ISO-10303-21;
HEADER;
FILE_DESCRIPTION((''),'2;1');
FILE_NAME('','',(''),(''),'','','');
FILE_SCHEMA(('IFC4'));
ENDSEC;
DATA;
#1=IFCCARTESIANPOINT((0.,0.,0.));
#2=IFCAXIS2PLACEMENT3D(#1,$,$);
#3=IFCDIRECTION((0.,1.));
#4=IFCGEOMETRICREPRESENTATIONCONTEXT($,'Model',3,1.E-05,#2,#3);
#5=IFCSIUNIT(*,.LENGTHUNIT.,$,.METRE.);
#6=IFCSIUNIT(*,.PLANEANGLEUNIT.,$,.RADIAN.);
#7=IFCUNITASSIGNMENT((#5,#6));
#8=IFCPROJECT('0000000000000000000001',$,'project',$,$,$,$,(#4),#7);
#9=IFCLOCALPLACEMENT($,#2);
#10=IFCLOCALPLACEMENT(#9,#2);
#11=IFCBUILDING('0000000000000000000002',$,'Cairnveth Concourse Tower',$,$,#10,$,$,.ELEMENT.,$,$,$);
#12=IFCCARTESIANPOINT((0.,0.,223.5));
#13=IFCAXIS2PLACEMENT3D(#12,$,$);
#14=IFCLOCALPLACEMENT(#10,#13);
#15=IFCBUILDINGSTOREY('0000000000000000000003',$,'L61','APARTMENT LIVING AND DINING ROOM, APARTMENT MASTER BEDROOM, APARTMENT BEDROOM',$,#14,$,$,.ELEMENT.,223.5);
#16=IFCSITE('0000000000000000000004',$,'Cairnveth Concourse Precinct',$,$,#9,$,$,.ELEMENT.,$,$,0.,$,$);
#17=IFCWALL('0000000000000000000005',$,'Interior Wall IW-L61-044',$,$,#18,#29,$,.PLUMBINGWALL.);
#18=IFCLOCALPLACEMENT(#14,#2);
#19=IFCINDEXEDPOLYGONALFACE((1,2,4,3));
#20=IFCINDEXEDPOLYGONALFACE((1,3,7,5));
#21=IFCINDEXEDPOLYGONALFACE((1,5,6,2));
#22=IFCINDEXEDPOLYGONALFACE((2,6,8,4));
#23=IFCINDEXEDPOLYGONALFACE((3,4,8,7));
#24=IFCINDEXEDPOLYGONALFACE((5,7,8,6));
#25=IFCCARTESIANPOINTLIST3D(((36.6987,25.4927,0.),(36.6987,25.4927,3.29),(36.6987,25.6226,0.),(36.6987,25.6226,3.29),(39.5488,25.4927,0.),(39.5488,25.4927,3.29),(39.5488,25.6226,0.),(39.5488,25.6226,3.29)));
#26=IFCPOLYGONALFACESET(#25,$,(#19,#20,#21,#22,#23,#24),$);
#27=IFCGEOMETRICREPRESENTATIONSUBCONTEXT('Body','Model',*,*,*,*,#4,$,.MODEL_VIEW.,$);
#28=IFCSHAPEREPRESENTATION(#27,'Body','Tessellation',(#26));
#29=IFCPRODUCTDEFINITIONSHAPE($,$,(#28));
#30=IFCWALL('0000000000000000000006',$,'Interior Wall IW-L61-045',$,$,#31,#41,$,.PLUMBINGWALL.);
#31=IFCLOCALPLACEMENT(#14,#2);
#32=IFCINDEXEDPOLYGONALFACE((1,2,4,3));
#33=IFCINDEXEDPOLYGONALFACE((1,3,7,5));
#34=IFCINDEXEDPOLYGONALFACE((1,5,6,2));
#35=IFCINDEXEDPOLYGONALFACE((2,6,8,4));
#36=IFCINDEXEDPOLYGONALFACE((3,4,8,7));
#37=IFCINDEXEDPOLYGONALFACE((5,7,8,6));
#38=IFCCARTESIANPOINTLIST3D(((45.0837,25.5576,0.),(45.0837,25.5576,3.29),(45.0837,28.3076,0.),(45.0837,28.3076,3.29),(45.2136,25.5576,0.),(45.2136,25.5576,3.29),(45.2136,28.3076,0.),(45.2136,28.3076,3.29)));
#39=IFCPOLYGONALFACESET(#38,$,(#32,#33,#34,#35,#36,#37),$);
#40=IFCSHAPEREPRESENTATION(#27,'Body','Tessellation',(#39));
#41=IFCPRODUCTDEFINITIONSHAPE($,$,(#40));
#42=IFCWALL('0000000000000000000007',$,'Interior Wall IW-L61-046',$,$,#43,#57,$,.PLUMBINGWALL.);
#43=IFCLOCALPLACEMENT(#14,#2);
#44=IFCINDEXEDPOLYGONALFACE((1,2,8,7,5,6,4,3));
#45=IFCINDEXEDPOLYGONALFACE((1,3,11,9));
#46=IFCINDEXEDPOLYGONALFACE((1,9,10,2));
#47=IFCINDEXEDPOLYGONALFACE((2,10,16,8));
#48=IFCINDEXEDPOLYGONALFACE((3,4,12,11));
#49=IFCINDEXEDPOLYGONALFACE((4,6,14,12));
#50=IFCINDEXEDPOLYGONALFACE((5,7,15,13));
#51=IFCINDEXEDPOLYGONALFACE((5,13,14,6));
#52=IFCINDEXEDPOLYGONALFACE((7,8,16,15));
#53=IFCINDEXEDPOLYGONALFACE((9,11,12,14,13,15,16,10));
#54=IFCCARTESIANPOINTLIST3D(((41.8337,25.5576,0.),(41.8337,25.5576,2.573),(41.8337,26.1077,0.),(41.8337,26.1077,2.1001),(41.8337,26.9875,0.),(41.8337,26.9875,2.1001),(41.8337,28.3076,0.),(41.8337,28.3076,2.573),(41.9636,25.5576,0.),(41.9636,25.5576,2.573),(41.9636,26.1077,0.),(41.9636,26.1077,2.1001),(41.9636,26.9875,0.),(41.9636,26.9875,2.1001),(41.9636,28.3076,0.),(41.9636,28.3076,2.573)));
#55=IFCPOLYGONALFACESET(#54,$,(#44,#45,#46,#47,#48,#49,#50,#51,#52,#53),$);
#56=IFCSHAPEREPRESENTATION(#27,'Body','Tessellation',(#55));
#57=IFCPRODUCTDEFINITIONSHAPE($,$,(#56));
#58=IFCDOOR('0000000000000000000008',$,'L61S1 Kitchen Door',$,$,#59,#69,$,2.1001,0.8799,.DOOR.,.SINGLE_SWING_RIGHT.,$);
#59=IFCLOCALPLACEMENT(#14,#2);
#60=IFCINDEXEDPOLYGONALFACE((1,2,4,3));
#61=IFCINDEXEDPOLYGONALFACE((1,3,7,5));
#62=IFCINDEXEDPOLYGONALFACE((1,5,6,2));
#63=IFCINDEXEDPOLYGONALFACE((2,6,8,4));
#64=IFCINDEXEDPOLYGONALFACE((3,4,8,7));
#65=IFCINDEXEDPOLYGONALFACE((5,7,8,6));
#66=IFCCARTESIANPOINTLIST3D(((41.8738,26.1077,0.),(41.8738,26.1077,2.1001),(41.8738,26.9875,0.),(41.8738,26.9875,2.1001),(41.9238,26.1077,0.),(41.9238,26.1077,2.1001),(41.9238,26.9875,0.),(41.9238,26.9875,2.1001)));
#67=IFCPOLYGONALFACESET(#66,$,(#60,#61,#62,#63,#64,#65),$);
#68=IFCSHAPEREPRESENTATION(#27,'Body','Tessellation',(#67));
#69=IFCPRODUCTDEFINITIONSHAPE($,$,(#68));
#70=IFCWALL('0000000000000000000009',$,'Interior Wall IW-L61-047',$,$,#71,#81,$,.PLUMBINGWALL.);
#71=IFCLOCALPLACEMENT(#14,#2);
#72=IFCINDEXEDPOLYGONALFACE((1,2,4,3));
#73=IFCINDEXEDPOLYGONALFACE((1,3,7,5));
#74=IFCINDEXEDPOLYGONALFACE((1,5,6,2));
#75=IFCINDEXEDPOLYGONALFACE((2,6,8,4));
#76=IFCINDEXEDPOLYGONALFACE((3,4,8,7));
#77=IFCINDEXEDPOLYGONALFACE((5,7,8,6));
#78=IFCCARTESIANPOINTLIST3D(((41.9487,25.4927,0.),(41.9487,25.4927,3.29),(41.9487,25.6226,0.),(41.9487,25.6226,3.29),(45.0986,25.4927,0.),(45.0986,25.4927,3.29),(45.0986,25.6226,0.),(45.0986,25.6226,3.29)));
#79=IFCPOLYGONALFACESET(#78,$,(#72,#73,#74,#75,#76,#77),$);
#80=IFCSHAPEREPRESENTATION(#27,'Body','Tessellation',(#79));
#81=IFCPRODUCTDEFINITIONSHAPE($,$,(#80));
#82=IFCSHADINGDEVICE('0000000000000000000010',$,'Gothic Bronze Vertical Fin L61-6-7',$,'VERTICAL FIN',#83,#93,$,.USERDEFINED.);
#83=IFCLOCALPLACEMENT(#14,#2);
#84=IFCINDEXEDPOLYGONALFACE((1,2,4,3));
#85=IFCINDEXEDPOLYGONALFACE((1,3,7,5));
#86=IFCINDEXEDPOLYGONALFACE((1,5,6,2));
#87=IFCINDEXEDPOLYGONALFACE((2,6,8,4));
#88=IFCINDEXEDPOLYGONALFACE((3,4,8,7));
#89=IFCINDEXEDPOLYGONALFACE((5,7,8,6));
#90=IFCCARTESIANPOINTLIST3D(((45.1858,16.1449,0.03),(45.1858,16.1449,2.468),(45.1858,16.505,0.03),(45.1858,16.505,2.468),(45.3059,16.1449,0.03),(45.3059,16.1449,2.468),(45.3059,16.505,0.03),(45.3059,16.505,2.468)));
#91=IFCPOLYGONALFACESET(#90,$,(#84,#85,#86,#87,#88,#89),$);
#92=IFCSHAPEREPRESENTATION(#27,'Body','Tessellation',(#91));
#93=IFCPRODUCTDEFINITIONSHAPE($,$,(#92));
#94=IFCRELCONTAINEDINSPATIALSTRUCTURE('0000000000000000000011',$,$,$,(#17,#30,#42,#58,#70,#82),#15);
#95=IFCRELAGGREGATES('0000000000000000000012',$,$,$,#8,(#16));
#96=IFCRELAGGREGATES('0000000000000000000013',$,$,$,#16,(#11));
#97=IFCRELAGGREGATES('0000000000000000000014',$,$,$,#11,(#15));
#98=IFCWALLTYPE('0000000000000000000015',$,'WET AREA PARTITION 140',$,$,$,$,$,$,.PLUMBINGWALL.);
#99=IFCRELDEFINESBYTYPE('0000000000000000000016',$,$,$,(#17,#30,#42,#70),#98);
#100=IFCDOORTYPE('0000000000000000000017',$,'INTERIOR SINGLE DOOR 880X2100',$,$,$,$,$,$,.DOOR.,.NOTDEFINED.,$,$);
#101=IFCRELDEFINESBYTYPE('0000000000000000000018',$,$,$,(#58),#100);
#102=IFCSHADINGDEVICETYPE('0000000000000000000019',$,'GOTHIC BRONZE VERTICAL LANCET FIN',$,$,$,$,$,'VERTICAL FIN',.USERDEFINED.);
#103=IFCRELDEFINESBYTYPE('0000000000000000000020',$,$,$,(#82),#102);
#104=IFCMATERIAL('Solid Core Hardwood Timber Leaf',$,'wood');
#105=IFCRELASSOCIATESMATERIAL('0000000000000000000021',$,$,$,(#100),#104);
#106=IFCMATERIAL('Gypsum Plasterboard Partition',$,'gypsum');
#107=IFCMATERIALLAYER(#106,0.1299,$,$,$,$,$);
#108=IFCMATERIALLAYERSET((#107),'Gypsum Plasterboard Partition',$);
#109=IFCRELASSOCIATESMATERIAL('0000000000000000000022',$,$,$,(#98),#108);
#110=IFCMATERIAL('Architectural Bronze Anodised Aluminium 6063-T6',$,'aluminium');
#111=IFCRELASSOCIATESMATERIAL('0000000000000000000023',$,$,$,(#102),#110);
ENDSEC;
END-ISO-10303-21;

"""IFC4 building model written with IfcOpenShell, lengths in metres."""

from ifc_helpers import new_model, si_unit, direction, frame, frame_2d, origin, origin_2d, place, context, subcontext, project, spatial, rectangle, extrude, material, layer, layer_set, type_object, element, fill, save


model = new_model("IFC4")

# Units and contexts
model_context = context("Model", 3, precision=1e-05, world=origin(), true_north=direction((0.0, 1.0)))
body_context = subcontext(model_context, "Body", "Model", "MODEL_VIEW")
ifc_project = project(units=[si_unit("LENGTHUNIT", "METRE"), si_unit("PLANEANGLEUNIT", "RADIAN")], contexts=[model_context])

# Site, building, storey
site_placement = place(None, origin())
site = spatial("IfcSite", under=ifc_project, at=site_placement, Name="Cairnveth Concourse Precinct", CompositionType="ELEMENT", RefElevation=0.0)
building_placement = place(site_placement, origin())
building = spatial("IfcBuilding", under=site, at=building_placement, Name="Cairnveth Concourse Tower", CompositionType="ELEMENT")
storey_placement = place(building_placement, frame((0.0, 0.0, 223.5)))
storey = spatial("IfcBuildingStorey", under=building, at=storey_placement, Name="L61", Description="APARTMENT LIVING AND DINING ROOM, APARTMENT MASTER BEDROOM, APARTMENT BEDROOM", CompositionType="ELEMENT", Elevation=223.5)

# Shared definitions
ifc_material_1 = material(Name="Gypsum Plasterboard Partition", Category="gypsum")
ifc_material_2 = material(Name="Solid Core Hardwood Timber Leaf", Category="wood")

# Shared definitions
door_type_1 = type_object("IfcDoorType", Name="INTERIOR SINGLE DOOR 880X2100", OperationType="NOTDEFINED", PredefinedType="DOOR", material=ifc_material_2)
ifc_layer_1 = layer(ifc_material_1, 0.1299)
ifc_layer_set_1 = layer_set([ifc_layer_1], Name="Gypsum Plasterboard Partition")
wall_type_1 = type_object("IfcWallType", Name="WET AREA PARTITION 140", PredefinedType="PLUMBINGWALL", material=ifc_layer_set_1)

# Walls
wall_1_placement = place(storey_placement, frame((36.6987, 25.5576, 0.0), z_axis=(0.0, 0.0, 1.0), x_axis=(1.0, 0.0, 0.0)))
element("IfcWall", 1, at=wall_1_placement, inside=storey, type_object=wall_type_1, Name="Interior Wall IW-L61-044", PredefinedType="PLUMBINGWALL", context=body_context, shape_type="SweptSolid", body=[
    extrude(rectangle(XDim=2.8501, YDim=0.1299, at=frame_2d((1.425, 0.0))), origin(), (0.0, 0.0, 1.0), 3.29),
])
wall_2_placement = place(storey_placement, frame((45.1487, 25.5576, 0.0), z_axis=(0.0, 0.0, 1.0), x_axis=(0.0, 1.0, 0.0)))
element("IfcWall", 2, at=wall_2_placement, inside=storey, type_object=wall_type_1, Name="Interior Wall IW-L61-045", PredefinedType="PLUMBINGWALL", context=body_context, shape_type="SweptSolid", body=[
    extrude(rectangle(XDim=2.75, YDim=0.1299, at=frame_2d((1.375, 0.0))), origin(), (0.0, 0.0, 1.0), 3.29),
])

# Wall, opening, door
wall_3_placement = place(storey_placement, frame((41.8987, 25.5576, 0.0), z_axis=(0.0, 0.0, 1.0), x_axis=(0.0, 1.0, 0.0)))
wall_3 = element("IfcWall", 3, at=wall_3_placement, inside=storey, type_object=wall_type_1, Name="Interior Wall IW-L61-046", PredefinedType="PLUMBINGWALL", context=body_context, shape_type="SweptSolid", body=[
    extrude(rectangle(XDim=2.75, YDim=0.1299, at=frame_2d((1.375, 0.0))), origin(), (0.0, 0.0, 1.0), 2.573),
])
opening_1_placement = place(wall_3_placement, frame((0.55, 0.0, 0.0)))
opening_1 = element("IfcOpeningElement", 4, at=opening_1_placement, cuts=wall_3, PredefinedType="OPENING", context=body_context, shape_type="SweptSolid", body=[
    extrude(rectangle(XDim=0.8799, YDim=2.1001, at=frame_2d((0.4399, 1.05))), frame((0.0, 0.075, 0.0), z_axis=(0.0, -1.0, 0.0), x_axis=(1.0, 0.0, 0.0)), (0.0, 0.0, 1.0), 0.1499),
])
door_1_placement = place(opening_1_placement, origin())
door_1 = element("IfcDoor", 5, at=door_1_placement, inside=storey, type_object=door_type_1, Name="L61S1 Kitchen Door", OperationType="SINGLE_SWING_RIGHT", OverallHeight=2.1001, OverallWidth=0.8799, PredefinedType="DOOR", context=body_context, shape_type="SweptSolid", body=[
    extrude(rectangle(XDim=0.8799, YDim=2.1001, at=frame_2d((0.4399, 1.05))), frame((0.0, 0.0249, 0.0), z_axis=(0.0, -1.0, 0.0), x_axis=(1.0, 0.0, 0.0)), (0.0, 0.0, 1.0), 0.05),
])
fill(opening_1, door_1)

# Wall
wall_4_placement = place(storey_placement, frame((41.9487, 25.5576, 0.0), z_axis=(0.0, 0.0, 1.0), x_axis=(1.0, 0.0, 0.0)))
element("IfcWall", 6, at=wall_4_placement, inside=storey, type_object=wall_type_1, Name="Interior Wall IW-L61-047", PredefinedType="PLUMBINGWALL", context=body_context, shape_type="SweptSolid", body=[
    extrude(rectangle(XDim=3.1499, YDim=0.1299, at=frame_2d((1.575, 0.0))), origin(), (0.0, 0.0, 1.0), 3.29),
])

# Shading device
ifc_material_3 = material(Name="Architectural Bronze Anodised Aluminium 6063-T6", Category="aluminium")
shading_device_type = type_object("IfcShadingDeviceType", Name="GOTHIC BRONZE VERTICAL LANCET FIN", ElementType="VERTICAL FIN", PredefinedType="USERDEFINED", material=ifc_material_3)
shading_device_placement = place(storey_placement, frame((45.2458, 16.325, 0.03), z_axis=(0.0, 0.0, 1.0), x_axis=(1.0, 0.0, 0.0)))
element("IfcShadingDevice", 7, at=shading_device_placement, inside=storey, type_object=shading_device_type, Name="Gothic Bronze Vertical Fin L61-6-7", ObjectType="VERTICAL FIN", PredefinedType="USERDEFINED", context=body_context, shape_type="SweptSolid", body=[
    extrude(rectangle(XDim=0.1201, YDim=0.3601, at=origin_2d()), origin(), (0.0, 0.0, 1.0), 2.438),
])

save(model, "model.ifc")
